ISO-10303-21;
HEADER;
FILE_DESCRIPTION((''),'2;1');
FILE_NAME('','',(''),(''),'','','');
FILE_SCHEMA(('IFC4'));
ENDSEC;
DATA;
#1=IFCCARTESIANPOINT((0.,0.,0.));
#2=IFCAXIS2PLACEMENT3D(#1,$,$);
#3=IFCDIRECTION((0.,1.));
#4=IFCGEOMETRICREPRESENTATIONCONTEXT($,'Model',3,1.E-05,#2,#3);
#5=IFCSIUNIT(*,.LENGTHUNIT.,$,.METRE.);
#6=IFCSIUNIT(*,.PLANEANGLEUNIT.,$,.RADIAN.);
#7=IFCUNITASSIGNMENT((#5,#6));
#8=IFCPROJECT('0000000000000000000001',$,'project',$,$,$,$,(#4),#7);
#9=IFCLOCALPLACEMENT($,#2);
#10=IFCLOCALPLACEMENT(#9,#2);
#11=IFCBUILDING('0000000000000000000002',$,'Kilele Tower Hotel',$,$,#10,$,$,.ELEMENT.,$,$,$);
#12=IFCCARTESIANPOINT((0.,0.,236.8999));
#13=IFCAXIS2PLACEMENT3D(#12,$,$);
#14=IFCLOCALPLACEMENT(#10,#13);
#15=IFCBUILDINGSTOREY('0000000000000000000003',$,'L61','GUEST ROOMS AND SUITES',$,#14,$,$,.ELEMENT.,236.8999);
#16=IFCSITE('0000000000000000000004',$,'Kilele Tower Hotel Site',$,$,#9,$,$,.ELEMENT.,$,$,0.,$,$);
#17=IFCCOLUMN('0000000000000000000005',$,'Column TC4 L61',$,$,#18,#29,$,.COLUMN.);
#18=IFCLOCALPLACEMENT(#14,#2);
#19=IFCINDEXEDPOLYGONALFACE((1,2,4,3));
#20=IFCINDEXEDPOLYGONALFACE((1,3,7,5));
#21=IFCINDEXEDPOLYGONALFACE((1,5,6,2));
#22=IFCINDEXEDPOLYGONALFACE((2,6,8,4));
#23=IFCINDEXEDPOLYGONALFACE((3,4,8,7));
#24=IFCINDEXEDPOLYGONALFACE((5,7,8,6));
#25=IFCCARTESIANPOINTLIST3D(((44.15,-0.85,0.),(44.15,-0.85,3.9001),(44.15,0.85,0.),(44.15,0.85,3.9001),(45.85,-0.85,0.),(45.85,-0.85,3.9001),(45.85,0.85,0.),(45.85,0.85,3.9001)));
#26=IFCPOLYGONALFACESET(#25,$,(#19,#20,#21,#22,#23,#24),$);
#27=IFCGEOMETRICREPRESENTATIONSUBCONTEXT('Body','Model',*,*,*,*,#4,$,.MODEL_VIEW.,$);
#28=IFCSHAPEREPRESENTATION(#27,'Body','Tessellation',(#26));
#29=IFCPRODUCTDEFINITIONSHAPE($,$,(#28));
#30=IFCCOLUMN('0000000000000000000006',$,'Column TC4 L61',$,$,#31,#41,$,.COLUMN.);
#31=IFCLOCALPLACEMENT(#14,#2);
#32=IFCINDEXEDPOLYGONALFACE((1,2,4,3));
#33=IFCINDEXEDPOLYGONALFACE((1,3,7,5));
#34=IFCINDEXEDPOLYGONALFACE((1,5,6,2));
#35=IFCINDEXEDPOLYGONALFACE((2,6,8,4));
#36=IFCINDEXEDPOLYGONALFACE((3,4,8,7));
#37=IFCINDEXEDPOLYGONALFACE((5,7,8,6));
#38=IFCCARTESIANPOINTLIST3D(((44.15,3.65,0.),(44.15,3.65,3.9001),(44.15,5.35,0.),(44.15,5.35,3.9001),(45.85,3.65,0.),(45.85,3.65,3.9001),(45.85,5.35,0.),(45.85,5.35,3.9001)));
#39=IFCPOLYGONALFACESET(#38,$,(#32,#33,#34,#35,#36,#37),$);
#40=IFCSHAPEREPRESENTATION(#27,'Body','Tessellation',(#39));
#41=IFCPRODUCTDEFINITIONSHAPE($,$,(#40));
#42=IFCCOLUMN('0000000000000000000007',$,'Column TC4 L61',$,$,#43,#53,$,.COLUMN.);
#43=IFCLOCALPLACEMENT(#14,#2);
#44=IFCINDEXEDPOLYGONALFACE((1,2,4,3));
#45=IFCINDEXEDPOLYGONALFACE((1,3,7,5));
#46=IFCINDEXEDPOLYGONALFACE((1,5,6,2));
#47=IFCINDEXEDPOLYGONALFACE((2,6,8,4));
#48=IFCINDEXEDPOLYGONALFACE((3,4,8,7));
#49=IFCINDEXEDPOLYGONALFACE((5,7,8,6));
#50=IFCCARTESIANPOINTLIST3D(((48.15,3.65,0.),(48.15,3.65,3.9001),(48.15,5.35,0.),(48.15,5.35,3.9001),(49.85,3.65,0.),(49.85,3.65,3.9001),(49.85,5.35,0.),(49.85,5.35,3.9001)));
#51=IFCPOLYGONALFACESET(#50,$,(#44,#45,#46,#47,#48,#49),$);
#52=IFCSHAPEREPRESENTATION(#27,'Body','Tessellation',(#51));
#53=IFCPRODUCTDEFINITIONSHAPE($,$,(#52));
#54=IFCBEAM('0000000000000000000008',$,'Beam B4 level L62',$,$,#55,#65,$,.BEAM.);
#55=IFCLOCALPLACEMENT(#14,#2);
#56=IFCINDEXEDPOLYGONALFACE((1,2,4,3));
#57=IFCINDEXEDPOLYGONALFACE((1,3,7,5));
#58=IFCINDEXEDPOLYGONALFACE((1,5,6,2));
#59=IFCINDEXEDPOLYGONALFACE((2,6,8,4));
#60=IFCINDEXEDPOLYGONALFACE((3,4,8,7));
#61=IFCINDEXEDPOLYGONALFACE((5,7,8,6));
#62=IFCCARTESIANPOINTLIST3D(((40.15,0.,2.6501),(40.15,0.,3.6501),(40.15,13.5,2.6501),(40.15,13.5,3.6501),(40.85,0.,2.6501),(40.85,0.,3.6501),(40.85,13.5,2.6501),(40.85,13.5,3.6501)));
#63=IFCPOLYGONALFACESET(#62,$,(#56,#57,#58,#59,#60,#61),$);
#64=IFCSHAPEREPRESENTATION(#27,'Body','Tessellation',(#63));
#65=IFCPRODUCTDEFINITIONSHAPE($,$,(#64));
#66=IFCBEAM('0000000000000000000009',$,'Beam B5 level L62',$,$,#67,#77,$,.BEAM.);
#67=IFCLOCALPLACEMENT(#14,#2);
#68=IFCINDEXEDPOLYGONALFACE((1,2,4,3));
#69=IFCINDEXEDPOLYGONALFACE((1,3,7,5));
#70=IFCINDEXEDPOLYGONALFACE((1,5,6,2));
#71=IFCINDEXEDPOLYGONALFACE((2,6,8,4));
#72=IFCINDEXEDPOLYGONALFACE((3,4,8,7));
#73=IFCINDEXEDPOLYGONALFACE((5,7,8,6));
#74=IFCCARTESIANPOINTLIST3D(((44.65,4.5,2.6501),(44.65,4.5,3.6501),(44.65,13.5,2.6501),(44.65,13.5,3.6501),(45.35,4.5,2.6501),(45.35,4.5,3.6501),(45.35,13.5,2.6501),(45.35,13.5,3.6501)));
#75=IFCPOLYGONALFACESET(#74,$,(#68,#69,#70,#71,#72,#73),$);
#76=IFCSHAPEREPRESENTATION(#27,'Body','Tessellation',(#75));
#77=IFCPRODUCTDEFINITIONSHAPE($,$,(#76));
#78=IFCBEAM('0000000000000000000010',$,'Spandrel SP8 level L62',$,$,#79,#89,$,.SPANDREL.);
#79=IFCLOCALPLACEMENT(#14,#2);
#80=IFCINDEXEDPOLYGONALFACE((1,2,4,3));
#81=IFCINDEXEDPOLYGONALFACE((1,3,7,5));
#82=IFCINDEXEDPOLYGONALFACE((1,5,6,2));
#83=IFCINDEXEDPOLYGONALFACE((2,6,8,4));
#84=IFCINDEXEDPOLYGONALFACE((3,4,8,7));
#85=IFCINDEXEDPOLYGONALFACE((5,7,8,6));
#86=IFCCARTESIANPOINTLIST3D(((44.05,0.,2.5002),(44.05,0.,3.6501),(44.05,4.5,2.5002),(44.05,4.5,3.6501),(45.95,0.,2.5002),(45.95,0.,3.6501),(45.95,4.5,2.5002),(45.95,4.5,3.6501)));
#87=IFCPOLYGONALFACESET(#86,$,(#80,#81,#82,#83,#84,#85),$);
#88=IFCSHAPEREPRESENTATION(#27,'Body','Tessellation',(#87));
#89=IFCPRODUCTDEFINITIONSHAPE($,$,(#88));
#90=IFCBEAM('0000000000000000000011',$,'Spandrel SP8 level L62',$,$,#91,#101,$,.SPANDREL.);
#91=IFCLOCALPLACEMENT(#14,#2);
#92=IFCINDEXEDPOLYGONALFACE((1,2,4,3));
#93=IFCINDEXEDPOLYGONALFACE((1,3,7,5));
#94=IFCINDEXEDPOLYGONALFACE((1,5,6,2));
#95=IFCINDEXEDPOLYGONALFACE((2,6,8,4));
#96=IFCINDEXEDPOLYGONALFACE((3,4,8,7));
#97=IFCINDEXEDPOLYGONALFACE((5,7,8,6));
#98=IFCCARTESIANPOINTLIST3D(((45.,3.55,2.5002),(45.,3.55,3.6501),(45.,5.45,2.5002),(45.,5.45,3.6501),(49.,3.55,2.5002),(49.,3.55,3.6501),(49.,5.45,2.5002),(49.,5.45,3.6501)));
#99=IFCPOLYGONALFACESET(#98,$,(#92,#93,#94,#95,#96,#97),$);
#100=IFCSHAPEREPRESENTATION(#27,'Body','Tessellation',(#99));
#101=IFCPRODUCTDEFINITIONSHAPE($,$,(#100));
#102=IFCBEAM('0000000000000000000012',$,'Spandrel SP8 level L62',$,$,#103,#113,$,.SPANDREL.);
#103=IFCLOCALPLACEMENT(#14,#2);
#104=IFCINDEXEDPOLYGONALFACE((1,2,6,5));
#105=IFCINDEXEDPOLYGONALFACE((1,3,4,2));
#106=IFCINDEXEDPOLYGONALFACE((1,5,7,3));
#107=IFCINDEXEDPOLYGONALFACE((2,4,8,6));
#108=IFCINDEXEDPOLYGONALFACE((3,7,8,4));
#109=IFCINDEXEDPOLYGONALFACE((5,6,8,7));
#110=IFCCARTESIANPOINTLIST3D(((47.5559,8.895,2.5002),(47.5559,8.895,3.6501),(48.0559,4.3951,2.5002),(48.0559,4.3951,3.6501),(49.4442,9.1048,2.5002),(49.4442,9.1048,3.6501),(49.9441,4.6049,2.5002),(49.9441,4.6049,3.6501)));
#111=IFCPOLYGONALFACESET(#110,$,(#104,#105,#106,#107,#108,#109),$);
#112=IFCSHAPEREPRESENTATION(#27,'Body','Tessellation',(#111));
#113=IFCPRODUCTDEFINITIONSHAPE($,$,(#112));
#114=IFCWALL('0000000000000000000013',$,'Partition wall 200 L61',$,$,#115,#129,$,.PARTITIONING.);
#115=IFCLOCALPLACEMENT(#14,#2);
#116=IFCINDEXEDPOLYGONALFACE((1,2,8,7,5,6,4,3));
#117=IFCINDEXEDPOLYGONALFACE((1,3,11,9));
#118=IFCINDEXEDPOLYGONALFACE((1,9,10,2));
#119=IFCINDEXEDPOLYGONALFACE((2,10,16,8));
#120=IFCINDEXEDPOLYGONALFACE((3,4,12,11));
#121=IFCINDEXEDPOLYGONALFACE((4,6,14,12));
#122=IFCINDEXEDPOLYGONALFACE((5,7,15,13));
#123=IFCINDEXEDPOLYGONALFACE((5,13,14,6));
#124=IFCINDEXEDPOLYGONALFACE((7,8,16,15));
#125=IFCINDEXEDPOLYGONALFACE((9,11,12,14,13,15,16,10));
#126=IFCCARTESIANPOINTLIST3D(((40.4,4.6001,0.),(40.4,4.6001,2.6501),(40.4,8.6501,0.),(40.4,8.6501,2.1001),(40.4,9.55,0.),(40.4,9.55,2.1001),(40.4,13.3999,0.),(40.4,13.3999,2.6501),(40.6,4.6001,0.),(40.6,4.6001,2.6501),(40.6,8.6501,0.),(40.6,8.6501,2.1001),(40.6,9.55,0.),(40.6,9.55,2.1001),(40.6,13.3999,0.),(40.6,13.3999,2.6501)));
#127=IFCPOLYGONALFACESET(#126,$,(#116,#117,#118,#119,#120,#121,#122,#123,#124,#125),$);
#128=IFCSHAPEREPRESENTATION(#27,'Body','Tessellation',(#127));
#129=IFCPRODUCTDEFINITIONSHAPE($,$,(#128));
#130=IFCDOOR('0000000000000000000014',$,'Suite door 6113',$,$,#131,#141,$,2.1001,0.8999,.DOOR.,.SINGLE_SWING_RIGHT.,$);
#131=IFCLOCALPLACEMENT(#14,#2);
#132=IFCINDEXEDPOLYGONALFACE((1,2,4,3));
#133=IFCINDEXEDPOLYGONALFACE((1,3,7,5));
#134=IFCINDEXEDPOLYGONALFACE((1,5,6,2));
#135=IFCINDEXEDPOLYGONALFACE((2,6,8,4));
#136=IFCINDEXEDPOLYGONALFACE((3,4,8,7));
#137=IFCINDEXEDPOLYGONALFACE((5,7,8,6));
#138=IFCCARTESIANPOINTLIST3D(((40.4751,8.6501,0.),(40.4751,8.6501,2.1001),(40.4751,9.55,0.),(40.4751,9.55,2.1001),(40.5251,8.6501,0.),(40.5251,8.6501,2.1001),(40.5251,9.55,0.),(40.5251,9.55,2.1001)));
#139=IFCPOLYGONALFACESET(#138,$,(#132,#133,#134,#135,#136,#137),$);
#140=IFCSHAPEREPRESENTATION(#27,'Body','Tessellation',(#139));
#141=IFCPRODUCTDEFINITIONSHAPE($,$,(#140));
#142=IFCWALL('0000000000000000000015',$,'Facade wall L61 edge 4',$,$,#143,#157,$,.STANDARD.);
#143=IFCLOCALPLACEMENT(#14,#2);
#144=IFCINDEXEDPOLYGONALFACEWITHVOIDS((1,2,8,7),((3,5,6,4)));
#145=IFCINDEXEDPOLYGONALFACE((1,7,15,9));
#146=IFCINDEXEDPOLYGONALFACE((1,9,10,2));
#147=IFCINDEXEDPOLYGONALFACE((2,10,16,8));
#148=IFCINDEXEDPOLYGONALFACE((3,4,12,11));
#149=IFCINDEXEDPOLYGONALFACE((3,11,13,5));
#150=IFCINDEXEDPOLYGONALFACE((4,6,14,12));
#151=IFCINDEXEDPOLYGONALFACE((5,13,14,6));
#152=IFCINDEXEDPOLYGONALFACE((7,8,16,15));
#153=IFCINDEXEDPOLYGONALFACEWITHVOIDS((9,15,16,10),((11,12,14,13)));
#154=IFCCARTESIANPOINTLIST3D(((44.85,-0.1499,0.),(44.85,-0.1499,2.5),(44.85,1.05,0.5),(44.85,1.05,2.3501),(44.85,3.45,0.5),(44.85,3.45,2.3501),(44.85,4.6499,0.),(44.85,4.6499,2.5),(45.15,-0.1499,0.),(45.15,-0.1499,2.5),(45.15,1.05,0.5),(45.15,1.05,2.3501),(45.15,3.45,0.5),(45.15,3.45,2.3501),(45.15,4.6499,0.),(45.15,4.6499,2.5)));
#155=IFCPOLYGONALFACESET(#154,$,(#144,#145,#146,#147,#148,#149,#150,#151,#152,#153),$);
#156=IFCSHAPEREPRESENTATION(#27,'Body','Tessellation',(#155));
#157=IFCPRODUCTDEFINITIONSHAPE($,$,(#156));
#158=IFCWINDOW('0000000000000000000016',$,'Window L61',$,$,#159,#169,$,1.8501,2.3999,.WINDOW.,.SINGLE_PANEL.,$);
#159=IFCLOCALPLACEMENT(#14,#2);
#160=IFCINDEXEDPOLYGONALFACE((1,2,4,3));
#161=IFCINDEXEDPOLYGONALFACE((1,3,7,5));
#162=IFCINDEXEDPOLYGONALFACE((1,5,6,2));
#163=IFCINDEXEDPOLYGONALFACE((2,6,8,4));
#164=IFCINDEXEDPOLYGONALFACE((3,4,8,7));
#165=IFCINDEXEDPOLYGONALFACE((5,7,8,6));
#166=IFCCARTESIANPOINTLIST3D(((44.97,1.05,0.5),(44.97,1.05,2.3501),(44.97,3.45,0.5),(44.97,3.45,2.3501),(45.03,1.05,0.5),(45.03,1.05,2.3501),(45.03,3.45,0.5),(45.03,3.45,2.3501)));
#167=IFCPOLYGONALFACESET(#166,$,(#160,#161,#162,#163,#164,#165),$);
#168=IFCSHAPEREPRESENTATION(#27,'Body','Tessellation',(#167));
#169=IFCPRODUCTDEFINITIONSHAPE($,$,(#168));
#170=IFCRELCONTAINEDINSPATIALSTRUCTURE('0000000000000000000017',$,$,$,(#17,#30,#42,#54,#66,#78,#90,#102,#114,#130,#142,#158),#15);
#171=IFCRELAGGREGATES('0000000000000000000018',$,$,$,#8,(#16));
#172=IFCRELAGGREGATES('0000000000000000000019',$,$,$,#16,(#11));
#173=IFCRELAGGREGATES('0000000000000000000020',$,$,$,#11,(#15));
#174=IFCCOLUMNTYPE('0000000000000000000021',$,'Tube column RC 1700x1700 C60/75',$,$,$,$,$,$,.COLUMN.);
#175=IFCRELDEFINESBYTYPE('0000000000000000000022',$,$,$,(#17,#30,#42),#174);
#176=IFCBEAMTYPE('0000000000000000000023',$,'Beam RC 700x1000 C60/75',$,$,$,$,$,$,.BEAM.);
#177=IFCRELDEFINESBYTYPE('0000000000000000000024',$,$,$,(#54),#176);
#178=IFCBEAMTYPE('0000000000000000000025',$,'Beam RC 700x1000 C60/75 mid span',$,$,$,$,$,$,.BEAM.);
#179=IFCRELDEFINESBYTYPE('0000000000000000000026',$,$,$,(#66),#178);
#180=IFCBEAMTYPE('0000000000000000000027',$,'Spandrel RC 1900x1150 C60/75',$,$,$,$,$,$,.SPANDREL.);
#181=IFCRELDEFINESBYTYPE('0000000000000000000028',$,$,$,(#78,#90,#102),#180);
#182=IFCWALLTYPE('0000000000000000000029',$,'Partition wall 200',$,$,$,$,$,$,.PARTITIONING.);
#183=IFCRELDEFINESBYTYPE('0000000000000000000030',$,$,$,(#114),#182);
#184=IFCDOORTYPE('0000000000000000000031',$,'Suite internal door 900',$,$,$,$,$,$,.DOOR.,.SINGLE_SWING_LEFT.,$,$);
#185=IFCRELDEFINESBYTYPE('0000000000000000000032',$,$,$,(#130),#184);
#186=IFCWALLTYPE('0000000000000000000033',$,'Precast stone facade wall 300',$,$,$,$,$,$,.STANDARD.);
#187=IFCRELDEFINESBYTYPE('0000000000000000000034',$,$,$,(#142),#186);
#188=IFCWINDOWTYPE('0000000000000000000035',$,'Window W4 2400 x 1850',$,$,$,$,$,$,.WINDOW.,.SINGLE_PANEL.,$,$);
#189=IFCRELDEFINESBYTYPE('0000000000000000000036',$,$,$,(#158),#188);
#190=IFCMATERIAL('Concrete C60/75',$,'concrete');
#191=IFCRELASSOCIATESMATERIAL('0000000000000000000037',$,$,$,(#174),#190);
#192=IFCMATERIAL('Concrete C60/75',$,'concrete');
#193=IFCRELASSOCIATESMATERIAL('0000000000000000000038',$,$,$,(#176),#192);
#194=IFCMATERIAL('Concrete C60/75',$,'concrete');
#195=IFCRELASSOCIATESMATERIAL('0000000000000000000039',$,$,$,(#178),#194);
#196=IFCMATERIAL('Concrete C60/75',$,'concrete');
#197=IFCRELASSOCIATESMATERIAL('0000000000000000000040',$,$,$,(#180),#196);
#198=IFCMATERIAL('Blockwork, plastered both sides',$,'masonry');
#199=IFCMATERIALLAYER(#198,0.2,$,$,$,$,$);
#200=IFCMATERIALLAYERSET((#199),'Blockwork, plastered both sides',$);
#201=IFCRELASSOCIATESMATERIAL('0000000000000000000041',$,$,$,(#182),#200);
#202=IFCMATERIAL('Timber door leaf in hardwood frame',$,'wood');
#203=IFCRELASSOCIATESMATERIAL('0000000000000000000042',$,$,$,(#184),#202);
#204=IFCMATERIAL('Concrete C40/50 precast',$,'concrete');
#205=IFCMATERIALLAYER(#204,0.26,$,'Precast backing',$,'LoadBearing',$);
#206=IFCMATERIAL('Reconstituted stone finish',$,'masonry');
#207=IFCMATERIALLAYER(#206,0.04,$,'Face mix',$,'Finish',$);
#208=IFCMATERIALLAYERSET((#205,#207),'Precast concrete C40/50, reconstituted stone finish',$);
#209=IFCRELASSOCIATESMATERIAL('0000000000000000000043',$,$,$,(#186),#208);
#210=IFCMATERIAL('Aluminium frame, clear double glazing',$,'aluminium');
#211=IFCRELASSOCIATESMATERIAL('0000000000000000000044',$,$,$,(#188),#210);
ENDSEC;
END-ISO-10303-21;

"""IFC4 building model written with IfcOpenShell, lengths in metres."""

from ifc_helpers import new_model, si_unit, direction, frame, frame_2d, origin, origin_2d, place, context, subcontext, project, spatial, rectangle, extrude, material, layer, layer_set, material_profile, profile_set, type_object, element, fill, save


model = new_model("IFC4")

# Units and contexts
model_context = context("Model", 3, precision=1e-05, world=origin(), true_north=direction((0.0, 1.0)))
body_context = subcontext(model_context, "Body", "Model", "MODEL_VIEW")
ifc_project = project(units=[si_unit("LENGTHUNIT", "METRE"), si_unit("PLANEANGLEUNIT", "RADIAN")], contexts=[model_context])

# Site, building, storey
site_placement = place(None, origin())
site = spatial("IfcSite", under=ifc_project, at=site_placement, Name="Kilele Tower Hotel Site", CompositionType="ELEMENT", RefElevation=0.0)
building_placement = place(site_placement, origin())
building = spatial("IfcBuilding", under=site, at=building_placement, Name="Kilele Tower Hotel", CompositionType="ELEMENT")
storey_placement = place(building_placement, frame((0.0, 0.0, 236.8999)))
storey = spatial("IfcBuildingStorey", under=building, at=storey_placement, Name="L61", Description="GUEST ROOMS AND SUITES", CompositionType="ELEMENT", Elevation=236.8999)

# Columns
ifc_material_1 = material(Name="Concrete C60/75", Category="concrete")
ifc_material_profile_1 = material_profile(ifc_material_1, rectangle(XDim=1.7, YDim=1.7, at=origin_2d()))
ifc_profile_set_1 = profile_set([ifc_material_profile_1], Name="Concrete C60/75")
column_type = type_object("IfcColumnType", Name="Tube column RC 1700x1700 C60/75", PredefinedType="COLUMN", material=ifc_profile_set_1)
for number, where, z_axis, x_axis, name in (
    (1, (45.0, 0.0, 0.0), (0.0, 0.0, 1.0), (1.0, 0.0, 0.0), "Column TC4 L61"),
    (2, (45.0, 4.5, 0.0), (0.0, 0.0, 1.0), (1.0, 0.0, 0.0), "Column TC4 L61"),
    (3, (49.0, 4.5, 0.0), (0.0, 0.0, 1.0), (1.0, 0.0, 0.0), "Column TC4 L61"),
):
    element("IfcColumn", number, at=place(storey_placement, frame(where, z_axis=z_axis, x_axis=x_axis)), inside=storey, type_object=column_type, Name=name, PredefinedType="COLUMN", context=body_context, shape_type="SweptSolid", body=[
        extrude(rectangle(XDim=1.7, YDim=1.7, at=origin_2d()), origin(), (0.0, 0.0, 1.0), 3.9001),
    ])

# Beams
ifc_material_2 = material(Name="Concrete C60/75", Category="concrete")
ifc_material_profile_2 = material_profile(ifc_material_2, rectangle(XDim=0.7, YDim=1.0, at=origin_2d()))
ifc_profile_set_2 = profile_set([ifc_material_profile_2], Name="Concrete C60/75")
beam_type_1 = type_object("IfcBeamType", Name="Beam RC 700x1000 C60/75", PredefinedType="BEAM", material=ifc_profile_set_2)
beam_1_placement = place(storey_placement, frame((40.5, 0.0, 3.1501), z_axis=(0.0, 1.0, 0.0), x_axis=(-1.0, 0.0, 0.0)))
element("IfcBeam", 4, at=beam_1_placement, inside=storey, type_object=beam_type_1, Name="Beam B4 level L62", PredefinedType="BEAM", context=body_context, shape_type="SweptSolid", body=[
    extrude(rectangle(XDim=0.7, YDim=1.0, at=origin_2d()), origin(), (0.0, 0.0, 1.0), 13.5),
])
ifc_material_3 = material(Name="Concrete C60/75", Category="concrete")
ifc_material_profile_3 = material_profile(ifc_material_3, rectangle(XDim=0.7, YDim=1.0, at=origin_2d()))
ifc_profile_set_3 = profile_set([ifc_material_profile_3], Name="Concrete C60/75")
beam_type_2 = type_object("IfcBeamType", Name="Beam RC 700x1000 C60/75 mid span", PredefinedType="BEAM", material=ifc_profile_set_3)
beam_2_placement = place(storey_placement, frame((45.0, 4.5, 3.1501), z_axis=(0.0, 1.0, 0.0), x_axis=(-1.0, 0.0, 0.0)))
element("IfcBeam", 5, at=beam_2_placement, inside=storey, type_object=beam_type_2, Name="Beam B5 level L62", PredefinedType="BEAM", context=body_context, shape_type="SweptSolid", body=[
    extrude(rectangle(XDim=0.7, YDim=1.0, at=origin_2d()), origin(), (0.0, 0.0, 1.0), 9.0),
])
ifc_material_4 = material(Name="Concrete C60/75", Category="concrete")
ifc_material_profile_4 = material_profile(ifc_material_4, rectangle(XDim=1.8999, YDim=1.1499, at=origin_2d()))
ifc_profile_set_4 = profile_set([ifc_material_profile_4], Name="Concrete C60/75")
beam_type_3 = type_object("IfcBeamType", Name="Spandrel RC 1900x1150 C60/75", PredefinedType="SPANDREL", material=ifc_profile_set_4)
beam_3_placement = place(storey_placement, frame((45.0, 0.0, 3.0752), z_axis=(0.0, 1.0, 0.0), x_axis=(-1.0, 0.0, 0.0)))
element("IfcBeam", 6, at=beam_3_placement, inside=storey, type_object=beam_type_3, Name="Spandrel SP8 level L62", PredefinedType="SPANDREL", context=body_context, shape_type="SweptSolid", body=[
    extrude(rectangle(XDim=1.8999, YDim=1.1499, at=origin_2d()), origin(), (0.0, 0.0, 1.0), 4.5),
])
beam_4_placement = place(storey_placement, frame((45.0, 4.5, 3.0752), z_axis=(1.0, 0.0, 0.0), x_axis=(0.0, 1.0, 0.0)))
element("IfcBeam", 7, at=beam_4_placement, inside=storey, type_object=beam_type_3, Name="Spandrel SP8 level L62", PredefinedType="SPANDREL", context=body_context, shape_type="SweptSolid", body=[
    extrude(rectangle(XDim=1.8999, YDim=1.1499, at=origin_2d()), origin(), (0.0, 0.0, 1.0), 4.0),
])
beam_5_placement = place(storey_placement, frame((49.0, 4.5, 3.0752), z_axis=(-0.110432, 0.993884, 0.0), x_axis=(-0.993884, -0.110432, 0.0)))
element("IfcBeam", 8, at=beam_5_placement, inside=storey, type_object=beam_type_3, Name="Spandrel SP8 level L62", PredefinedType="SPANDREL", context=body_context, shape_type="SweptSolid", body=[
    extrude(rectangle(XDim=1.8999, YDim=1.1499, at=origin_2d()), origin(), (0.0, 0.0, 1.0), 4.5276),
])

# Wall, opening, door
ifc_material_5 = material(Name="Blockwork, plastered both sides", Category="masonry")
ifc_layer_1 = layer(ifc_material_5, 0.2)
ifc_layer_set_1 = layer_set([ifc_layer_1], Name="Blockwork, plastered both sides")
wall_type_1 = type_object("IfcWallType", Name="Partition wall 200", PredefinedType="PARTITIONING", material=ifc_layer_set_1)
wall_1_placement = place(storey_placement, frame((40.5, 4.6001, 0.0), z_axis=(0.0, 0.0, 1.0), x_axis=(0.0, 1.0, 0.0)))
wall_1 = element("IfcWall", 9, at=wall_1_placement, inside=storey, type_object=wall_type_1, Name="Partition wall 200 L61", PredefinedType="PARTITIONING", context=body_context, shape_type="SweptSolid", body=[
    extrude(rectangle(XDim=8.7998, YDim=0.2, at=frame_2d((4.3999, 0.0))), origin(), (0.0, 0.0, 1.0), 2.6501),
])
opening_1_placement = place(wall_1_placement, frame((4.05, 0.0, 0.0)))
opening_1 = element("IfcOpeningElement", 10, at=opening_1_placement, cuts=wall_1, PredefinedType="OPENING", context=body_context, shape_type="SweptSolid", body=[
    extrude(rectangle(XDim=0.8999, YDim=2.1001, at=frame_2d((0.45, 1.05))), frame((0.0, 0.1099, 0.0), z_axis=(0.0, -1.0, 0.0), x_axis=(1.0, 0.0, 0.0)), (0.0, 0.0, 1.0), 0.22),
])
ifc_material_6 = material(Name="Timber door leaf in hardwood frame", Category="wood")
door_type = type_object("IfcDoorType", Name="Suite internal door 900", OperationType="SINGLE_SWING_LEFT", PredefinedType="DOOR", material=ifc_material_6)
door_placement = place(opening_1_placement, origin())
door = element("IfcDoor", 11, at=door_placement, inside=storey, type_object=door_type, Name="Suite door 6113", OperationType="SINGLE_SWING_RIGHT", OverallHeight=2.1001, OverallWidth=0.8999, PredefinedType="DOOR", context=body_context, shape_type="SweptSolid", body=[
    extrude(rectangle(XDim=0.8999, YDim=2.1001, at=frame_2d((0.45, 1.05))), frame((0.0, 0.0249, 0.0), z_axis=(0.0, -1.0, 0.0), x_axis=(1.0, 0.0, 0.0)), (0.0, 0.0, 1.0), 0.05),
])
fill(opening_1, door)

# Wall, opening, window
ifc_material_7 = material(Name="Concrete C40/50 precast", Category="concrete")
ifc_layer_2 = layer(ifc_material_7, 0.26, Name="Precast backing", Category="LoadBearing")
ifc_material_8 = material(Name="Reconstituted stone finish", Category="masonry")
ifc_layer_3 = layer(ifc_material_8, 0.04, Name="Face mix", Category="Finish")
ifc_layer_set_2 = layer_set([ifc_layer_2, ifc_layer_3], Name="Precast concrete C40/50, reconstituted stone finish")
wall_type_2 = type_object("IfcWallType", Name="Precast stone facade wall 300", PredefinedType="STANDARD", material=ifc_layer_set_2)
wall_2_placement = place(storey_placement, frame((45.0, -0.1499, 0.0), z_axis=(0.0, 0.0, 1.0), x_axis=(0.0, 1.0, 0.0)))
wall_2 = element("IfcWall", 12, at=wall_2_placement, inside=storey, type_object=wall_type_2, Name="Facade wall L61 edge 4", PredefinedType="STANDARD", context=body_context, shape_type="SweptSolid", body=[
    extrude(rectangle(XDim=4.7998, YDim=0.3, at=frame_2d((2.3999, 0.0))), origin(), (0.0, 0.0, 1.0), 2.5),
])
opening_2_placement = place(wall_2_placement, frame((1.2, 0.0, 0.5)))
opening_2 = element("IfcOpeningElement", 13, at=opening_2_placement, cuts=wall_2, PredefinedType="OPENING", context=body_context, shape_type="SweptSolid", body=[
    extrude(rectangle(XDim=2.3999, YDim=1.8501, at=frame_2d((1.2, 0.925))), frame((0.0, 0.1599, 0.0), z_axis=(0.0, -1.0, 0.0), x_axis=(1.0, 0.0, 0.0)), (0.0, 0.0, 1.0), 0.3201),
])
ifc_material_9 = material(Name="Aluminium frame, clear double glazing", Category="aluminium")
window_type_1 = type_object("IfcWindowType", Name="Window W4 2400 x 1850", PartitioningType="SINGLE_PANEL", PredefinedType="WINDOW", material=ifc_material_9)
window_1_placement = place(opening_2_placement, origin())
window_1 = element("IfcWindow", 14, at=window_1_placement, inside=storey, type_object=window_type_1, Name="Window L61", OverallHeight=1.8501, OverallWidth=2.3999, PartitioningType="SINGLE_PANEL", PredefinedType="WINDOW", context=body_context, shape_type="SweptSolid", body=[
    extrude(rectangle(XDim=2.3999, YDim=1.8501, at=frame_2d((1.2, 0.925))), frame((0.0, 0.03, 0.0), z_axis=(0.0, -1.0, 0.0), x_axis=(1.0, 0.0, 0.0)), (0.0, 0.0, 1.0), 0.0601),
])
fill(opening_2, window_1)

save(model, "model.ifc")
